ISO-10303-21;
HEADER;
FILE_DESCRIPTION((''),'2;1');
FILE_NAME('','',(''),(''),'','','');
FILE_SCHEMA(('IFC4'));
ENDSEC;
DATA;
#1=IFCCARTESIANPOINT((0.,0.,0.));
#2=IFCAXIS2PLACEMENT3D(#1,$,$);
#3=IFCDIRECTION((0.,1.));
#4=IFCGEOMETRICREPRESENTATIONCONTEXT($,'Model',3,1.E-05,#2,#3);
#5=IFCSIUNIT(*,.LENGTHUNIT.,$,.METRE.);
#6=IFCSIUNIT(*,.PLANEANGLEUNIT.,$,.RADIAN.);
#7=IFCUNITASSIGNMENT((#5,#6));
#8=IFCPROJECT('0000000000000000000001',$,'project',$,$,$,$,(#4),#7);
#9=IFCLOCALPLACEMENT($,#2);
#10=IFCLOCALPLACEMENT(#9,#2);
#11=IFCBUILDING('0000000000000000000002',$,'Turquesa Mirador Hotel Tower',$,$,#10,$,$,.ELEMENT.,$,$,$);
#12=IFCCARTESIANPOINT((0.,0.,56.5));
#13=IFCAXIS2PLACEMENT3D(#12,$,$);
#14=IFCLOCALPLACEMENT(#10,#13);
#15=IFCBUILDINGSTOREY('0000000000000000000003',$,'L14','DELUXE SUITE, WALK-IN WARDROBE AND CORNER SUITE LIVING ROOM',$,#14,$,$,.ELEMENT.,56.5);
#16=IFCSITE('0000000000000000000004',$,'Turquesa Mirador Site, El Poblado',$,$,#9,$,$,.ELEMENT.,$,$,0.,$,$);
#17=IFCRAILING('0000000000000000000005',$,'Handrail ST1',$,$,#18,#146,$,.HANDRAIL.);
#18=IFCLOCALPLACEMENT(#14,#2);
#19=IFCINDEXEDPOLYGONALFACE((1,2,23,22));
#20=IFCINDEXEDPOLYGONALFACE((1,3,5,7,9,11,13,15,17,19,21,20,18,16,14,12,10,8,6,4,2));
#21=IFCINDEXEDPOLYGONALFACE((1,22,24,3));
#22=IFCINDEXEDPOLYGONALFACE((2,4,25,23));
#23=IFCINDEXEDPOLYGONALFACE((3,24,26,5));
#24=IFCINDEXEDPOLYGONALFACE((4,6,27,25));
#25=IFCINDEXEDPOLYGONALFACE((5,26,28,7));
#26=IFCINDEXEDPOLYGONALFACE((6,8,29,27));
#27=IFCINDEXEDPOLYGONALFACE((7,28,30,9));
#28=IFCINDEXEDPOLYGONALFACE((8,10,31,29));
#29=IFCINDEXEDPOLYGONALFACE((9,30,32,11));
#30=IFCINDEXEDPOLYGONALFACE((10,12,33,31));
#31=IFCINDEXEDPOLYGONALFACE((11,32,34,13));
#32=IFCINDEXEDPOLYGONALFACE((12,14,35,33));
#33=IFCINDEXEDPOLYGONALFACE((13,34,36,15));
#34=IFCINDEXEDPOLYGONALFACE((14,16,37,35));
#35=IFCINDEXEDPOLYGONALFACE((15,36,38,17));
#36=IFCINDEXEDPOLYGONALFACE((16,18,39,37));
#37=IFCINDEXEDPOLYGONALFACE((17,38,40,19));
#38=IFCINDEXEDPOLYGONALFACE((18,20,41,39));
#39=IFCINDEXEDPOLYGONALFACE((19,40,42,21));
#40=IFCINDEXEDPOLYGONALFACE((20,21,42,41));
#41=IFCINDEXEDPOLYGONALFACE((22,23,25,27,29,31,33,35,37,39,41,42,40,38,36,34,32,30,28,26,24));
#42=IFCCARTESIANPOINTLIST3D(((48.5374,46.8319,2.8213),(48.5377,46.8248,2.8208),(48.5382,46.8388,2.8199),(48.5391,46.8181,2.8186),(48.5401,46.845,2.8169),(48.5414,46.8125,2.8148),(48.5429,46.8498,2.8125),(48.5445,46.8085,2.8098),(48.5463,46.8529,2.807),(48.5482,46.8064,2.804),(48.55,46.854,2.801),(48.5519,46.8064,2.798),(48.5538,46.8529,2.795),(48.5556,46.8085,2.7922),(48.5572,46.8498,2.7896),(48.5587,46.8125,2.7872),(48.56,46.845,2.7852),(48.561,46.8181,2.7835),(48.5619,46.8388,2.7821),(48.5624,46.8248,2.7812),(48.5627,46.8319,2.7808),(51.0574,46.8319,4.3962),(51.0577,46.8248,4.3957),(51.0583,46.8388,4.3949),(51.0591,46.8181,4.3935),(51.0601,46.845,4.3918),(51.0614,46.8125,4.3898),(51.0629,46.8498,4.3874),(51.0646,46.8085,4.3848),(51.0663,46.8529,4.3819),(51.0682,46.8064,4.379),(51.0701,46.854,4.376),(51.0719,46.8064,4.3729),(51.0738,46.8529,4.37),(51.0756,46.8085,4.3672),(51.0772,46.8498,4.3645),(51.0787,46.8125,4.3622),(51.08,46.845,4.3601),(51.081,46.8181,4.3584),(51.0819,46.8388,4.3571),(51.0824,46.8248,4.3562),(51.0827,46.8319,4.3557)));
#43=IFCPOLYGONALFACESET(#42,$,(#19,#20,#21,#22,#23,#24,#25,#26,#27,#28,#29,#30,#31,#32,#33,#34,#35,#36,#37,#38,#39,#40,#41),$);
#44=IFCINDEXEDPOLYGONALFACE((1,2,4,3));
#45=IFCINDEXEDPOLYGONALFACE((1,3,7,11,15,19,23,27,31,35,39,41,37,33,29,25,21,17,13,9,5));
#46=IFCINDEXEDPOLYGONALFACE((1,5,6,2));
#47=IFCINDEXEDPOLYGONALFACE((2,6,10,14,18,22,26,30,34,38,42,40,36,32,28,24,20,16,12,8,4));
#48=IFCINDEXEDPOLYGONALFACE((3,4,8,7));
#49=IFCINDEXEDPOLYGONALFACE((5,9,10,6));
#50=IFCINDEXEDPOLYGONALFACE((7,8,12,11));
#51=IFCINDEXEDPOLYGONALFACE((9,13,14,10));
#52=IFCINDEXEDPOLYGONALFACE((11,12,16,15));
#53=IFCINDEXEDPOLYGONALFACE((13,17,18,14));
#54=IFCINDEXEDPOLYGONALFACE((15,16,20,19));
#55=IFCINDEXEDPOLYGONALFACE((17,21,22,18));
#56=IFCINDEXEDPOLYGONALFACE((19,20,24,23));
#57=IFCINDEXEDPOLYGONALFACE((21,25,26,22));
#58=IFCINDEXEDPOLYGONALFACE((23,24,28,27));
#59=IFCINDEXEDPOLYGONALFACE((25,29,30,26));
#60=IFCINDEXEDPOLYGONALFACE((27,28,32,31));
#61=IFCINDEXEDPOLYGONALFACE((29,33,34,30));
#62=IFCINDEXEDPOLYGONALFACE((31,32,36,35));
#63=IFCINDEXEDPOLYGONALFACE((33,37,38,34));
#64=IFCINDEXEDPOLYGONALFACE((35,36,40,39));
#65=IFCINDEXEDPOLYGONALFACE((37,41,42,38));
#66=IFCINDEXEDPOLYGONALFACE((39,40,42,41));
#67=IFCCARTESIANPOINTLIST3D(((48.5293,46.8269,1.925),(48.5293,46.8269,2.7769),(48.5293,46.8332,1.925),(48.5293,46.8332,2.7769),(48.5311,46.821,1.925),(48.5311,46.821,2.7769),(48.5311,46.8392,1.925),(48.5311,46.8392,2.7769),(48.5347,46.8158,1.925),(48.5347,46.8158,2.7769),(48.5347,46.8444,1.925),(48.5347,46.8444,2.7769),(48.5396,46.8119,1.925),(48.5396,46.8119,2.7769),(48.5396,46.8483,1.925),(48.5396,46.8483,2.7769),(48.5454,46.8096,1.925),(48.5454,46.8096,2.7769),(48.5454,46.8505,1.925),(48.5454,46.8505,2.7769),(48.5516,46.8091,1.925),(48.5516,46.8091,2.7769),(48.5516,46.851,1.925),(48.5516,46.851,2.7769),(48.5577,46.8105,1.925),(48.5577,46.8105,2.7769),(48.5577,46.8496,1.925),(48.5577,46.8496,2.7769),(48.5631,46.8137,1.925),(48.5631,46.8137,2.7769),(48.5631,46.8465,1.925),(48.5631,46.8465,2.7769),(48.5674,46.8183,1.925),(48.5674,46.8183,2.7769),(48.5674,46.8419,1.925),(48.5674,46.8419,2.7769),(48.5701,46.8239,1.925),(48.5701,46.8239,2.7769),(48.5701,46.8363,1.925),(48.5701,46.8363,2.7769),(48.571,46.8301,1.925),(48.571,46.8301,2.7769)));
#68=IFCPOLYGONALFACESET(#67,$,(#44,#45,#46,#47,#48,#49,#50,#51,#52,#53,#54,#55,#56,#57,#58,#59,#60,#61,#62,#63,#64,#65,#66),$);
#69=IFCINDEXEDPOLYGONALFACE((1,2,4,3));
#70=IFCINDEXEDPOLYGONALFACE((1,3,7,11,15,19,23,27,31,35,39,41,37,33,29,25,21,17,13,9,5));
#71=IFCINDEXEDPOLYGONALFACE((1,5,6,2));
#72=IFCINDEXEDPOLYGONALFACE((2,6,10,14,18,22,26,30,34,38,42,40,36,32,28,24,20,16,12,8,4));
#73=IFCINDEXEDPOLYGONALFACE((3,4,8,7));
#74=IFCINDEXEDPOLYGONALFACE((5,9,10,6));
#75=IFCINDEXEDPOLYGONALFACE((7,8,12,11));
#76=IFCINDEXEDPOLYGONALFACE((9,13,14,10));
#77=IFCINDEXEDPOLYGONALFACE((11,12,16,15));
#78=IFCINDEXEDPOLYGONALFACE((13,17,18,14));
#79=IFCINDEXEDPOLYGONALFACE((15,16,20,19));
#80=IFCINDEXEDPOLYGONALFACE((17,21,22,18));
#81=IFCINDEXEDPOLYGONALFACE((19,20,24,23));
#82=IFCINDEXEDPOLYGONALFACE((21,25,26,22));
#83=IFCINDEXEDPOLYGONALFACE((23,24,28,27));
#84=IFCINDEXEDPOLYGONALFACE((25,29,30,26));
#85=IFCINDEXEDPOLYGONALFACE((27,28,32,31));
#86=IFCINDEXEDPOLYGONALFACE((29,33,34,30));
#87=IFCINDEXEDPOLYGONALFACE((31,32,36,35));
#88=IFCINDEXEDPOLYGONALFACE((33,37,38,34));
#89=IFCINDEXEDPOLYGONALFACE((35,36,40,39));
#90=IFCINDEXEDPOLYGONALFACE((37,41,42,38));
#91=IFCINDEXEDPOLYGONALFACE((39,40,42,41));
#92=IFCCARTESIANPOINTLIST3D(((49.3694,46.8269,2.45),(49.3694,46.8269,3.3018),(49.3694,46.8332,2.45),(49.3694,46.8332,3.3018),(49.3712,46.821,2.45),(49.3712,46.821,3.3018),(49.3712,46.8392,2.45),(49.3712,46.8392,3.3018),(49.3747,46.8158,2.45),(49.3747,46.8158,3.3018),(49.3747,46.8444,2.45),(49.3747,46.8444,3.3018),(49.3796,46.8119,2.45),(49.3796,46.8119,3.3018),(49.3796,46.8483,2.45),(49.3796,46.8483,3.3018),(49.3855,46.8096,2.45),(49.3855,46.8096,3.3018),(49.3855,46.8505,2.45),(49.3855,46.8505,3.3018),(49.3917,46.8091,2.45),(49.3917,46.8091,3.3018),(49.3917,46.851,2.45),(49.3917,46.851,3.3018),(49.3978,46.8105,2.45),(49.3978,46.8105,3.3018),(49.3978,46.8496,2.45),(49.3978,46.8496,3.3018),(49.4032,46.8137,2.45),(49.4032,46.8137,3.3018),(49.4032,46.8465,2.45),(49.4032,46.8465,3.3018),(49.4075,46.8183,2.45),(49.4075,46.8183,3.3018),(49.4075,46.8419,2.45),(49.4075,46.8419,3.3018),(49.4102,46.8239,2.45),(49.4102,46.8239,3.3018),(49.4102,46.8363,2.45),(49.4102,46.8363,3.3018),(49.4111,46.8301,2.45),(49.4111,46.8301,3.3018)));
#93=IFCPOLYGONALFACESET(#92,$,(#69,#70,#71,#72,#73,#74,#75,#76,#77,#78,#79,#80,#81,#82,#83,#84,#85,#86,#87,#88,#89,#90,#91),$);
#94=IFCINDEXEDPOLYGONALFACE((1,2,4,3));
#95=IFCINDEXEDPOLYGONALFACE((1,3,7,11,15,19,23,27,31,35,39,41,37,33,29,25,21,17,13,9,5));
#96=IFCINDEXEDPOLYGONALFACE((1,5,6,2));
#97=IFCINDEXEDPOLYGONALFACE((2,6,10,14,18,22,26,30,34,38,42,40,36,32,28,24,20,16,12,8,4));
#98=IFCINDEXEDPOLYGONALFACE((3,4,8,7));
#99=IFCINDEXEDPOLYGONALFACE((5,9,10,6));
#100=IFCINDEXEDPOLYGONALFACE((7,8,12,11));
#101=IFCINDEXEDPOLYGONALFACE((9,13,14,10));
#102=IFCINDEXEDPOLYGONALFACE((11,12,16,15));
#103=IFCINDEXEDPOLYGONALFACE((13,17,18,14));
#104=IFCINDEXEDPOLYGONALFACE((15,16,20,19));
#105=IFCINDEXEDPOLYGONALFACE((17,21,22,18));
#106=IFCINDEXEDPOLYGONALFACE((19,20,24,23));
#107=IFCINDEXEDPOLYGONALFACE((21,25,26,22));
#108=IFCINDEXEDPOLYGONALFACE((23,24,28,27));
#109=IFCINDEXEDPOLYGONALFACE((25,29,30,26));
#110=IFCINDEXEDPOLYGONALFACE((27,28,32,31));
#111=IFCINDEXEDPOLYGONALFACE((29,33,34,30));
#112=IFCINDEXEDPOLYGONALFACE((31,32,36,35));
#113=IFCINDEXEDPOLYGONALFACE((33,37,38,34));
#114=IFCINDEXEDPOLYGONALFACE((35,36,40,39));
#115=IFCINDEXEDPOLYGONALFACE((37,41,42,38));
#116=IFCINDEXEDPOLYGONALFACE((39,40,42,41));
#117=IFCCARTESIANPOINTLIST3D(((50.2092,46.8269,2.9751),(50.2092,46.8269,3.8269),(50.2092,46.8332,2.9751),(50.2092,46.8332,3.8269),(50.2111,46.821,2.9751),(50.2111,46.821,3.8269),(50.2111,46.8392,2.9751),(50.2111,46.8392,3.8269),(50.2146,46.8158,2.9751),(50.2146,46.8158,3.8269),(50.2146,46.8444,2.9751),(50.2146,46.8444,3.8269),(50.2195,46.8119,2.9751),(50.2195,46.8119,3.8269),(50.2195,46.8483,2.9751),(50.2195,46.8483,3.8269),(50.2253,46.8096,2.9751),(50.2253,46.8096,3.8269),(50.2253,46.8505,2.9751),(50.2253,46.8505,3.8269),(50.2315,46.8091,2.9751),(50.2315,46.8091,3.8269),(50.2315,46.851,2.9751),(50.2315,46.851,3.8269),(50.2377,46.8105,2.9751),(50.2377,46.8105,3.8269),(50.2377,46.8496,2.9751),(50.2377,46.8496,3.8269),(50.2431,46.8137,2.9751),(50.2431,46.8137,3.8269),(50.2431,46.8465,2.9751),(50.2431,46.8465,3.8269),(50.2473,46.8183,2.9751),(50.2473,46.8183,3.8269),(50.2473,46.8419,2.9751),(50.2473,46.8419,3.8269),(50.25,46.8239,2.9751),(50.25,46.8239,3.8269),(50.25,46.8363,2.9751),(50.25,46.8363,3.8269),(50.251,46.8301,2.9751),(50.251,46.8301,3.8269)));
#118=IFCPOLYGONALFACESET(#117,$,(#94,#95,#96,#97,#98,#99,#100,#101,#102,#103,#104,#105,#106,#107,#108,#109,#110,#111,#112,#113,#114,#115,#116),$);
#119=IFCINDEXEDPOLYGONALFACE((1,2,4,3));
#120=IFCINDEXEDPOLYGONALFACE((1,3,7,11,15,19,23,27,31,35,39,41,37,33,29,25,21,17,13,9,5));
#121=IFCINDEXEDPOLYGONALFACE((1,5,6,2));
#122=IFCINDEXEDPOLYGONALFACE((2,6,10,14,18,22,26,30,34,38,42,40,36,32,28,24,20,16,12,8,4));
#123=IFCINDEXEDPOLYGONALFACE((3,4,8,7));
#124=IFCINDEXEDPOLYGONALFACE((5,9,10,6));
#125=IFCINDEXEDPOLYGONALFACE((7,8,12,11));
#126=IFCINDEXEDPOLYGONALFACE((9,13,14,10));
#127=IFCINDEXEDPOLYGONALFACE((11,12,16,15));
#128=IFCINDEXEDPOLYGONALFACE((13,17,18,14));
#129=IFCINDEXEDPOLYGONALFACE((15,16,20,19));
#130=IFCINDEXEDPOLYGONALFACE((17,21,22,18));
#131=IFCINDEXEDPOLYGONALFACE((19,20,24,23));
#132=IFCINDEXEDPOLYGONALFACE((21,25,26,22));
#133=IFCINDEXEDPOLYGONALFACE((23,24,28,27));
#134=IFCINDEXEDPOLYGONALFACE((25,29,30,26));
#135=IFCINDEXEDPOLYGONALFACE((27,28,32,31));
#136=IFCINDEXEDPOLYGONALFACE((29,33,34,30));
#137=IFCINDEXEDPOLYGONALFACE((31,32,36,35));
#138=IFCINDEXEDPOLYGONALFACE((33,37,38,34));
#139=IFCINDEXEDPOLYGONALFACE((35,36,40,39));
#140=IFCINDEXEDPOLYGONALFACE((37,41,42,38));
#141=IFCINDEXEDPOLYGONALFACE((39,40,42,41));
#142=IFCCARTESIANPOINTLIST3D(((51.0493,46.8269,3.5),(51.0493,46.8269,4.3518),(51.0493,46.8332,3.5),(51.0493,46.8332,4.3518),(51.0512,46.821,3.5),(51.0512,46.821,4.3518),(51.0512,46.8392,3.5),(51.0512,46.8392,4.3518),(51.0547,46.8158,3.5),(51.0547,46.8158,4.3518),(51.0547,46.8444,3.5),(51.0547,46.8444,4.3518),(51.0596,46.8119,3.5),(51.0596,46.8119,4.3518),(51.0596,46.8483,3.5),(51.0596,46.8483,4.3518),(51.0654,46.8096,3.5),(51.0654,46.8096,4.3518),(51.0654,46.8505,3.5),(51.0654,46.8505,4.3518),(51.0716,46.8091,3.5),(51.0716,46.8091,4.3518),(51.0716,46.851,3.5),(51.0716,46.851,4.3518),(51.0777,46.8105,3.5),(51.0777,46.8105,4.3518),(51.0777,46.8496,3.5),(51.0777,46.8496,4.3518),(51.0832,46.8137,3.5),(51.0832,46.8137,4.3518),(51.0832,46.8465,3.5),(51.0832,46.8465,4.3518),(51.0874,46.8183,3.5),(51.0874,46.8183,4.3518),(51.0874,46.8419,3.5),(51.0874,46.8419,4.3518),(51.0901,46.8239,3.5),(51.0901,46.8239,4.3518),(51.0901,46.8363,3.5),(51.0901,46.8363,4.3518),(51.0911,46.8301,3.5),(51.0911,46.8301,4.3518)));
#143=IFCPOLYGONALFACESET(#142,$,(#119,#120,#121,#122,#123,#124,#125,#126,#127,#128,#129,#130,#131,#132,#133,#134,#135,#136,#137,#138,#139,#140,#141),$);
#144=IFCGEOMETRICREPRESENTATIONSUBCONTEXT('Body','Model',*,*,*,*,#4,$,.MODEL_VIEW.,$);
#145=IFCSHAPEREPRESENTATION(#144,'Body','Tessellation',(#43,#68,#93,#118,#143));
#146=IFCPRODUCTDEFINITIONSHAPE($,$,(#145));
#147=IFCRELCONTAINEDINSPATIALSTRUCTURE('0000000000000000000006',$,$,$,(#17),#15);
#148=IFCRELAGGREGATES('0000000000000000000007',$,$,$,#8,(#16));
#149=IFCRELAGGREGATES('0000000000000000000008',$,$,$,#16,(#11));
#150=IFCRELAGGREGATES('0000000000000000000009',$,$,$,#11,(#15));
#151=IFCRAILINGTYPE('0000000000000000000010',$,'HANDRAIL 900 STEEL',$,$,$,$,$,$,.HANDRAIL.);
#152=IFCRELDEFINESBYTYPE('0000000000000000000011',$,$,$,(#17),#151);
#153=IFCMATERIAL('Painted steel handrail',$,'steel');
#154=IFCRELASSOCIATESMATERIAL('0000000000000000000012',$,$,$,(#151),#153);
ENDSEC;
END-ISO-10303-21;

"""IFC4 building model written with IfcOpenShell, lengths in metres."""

from ifc_helpers import new_model, si_unit, direction, frame, origin, origin_2d, place, context, subcontext, project, spatial, circle, extrude, material, type_object, element, save


model = new_model("IFC4")

# Units and contexts
model_context = context("Model", 3, precision=1e-05, world=origin(), true_north=direction((0.0, 1.0)))
body_context = subcontext(model_context, "Body", "Model", "MODEL_VIEW")
ifc_project = project(units=[si_unit("LENGTHUNIT", "METRE"), si_unit("PLANEANGLEUNIT", "RADIAN")], contexts=[model_context])

# Site, building, storey
site_placement = place(None, origin())
site = spatial("IfcSite", under=ifc_project, at=site_placement, Name="Turquesa Mirador Site, El Poblado", CompositionType="ELEMENT", RefElevation=0.0)
building_placement = place(site_placement, origin())
building = spatial("IfcBuilding", under=site, at=building_placement, Name="Turquesa Mirador Hotel Tower", CompositionType="ELEMENT")
storey_placement = place(building_placement, frame((0.0, 0.0, 56.5)))
storey = spatial("IfcBuildingStorey", under=building, at=storey_placement, Name="L14", Description="DELUXE SUITE, WALK-IN WARDROBE AND CORNER SUITE LIVING ROOM", CompositionType="ELEMENT", Elevation=56.5)

# Railing
ifc_material_1 = material(Name="Painted steel handrail", Category="steel")
railing_type = type_object("IfcRailingType", Name="HANDRAIL 900 STEEL", PredefinedType="HANDRAIL", material=ifc_material_1)
railing_1_placement = place(storey_placement, frame((48.55, 46.8301, 1.925)))
element("IfcRailing", 1, at=railing_1_placement, inside=storey, type_object=railing_type, Name="Handrail ST1", PredefinedType="HANDRAIL", context=body_context, shape_type="SweptSolid", body=[
    extrude(circle(Radius=0.0239, at=origin_2d()), frame((0.0, 0.0, 0.876), z_axis=(0.848008, 0.0, 0.529984), x_axis=(0.0, 1.0, 0.0)), (0.0, 0.0, 1.0), 2.9717),
    extrude(circle(Radius=0.021, at=origin_2d()), origin(), (0.0, 0.0, 1.0), 0.8518),
    extrude(circle(Radius=0.021, at=origin_2d()), frame((0.8401, 0.0, 0.5249)), (0.0, 0.0, 1.0), 0.8518),
    extrude(circle(Radius=0.021, at=origin_2d()), frame((1.6799, 0.0, 1.05)), (0.0, 0.0, 1.0), 0.8518),
    extrude(circle(Radius=0.021, at=origin_2d()), frame((2.52, 0.0, 1.575)), (0.0, 0.0, 1.0), 0.8518),
])

save(model, "model.ifc")
